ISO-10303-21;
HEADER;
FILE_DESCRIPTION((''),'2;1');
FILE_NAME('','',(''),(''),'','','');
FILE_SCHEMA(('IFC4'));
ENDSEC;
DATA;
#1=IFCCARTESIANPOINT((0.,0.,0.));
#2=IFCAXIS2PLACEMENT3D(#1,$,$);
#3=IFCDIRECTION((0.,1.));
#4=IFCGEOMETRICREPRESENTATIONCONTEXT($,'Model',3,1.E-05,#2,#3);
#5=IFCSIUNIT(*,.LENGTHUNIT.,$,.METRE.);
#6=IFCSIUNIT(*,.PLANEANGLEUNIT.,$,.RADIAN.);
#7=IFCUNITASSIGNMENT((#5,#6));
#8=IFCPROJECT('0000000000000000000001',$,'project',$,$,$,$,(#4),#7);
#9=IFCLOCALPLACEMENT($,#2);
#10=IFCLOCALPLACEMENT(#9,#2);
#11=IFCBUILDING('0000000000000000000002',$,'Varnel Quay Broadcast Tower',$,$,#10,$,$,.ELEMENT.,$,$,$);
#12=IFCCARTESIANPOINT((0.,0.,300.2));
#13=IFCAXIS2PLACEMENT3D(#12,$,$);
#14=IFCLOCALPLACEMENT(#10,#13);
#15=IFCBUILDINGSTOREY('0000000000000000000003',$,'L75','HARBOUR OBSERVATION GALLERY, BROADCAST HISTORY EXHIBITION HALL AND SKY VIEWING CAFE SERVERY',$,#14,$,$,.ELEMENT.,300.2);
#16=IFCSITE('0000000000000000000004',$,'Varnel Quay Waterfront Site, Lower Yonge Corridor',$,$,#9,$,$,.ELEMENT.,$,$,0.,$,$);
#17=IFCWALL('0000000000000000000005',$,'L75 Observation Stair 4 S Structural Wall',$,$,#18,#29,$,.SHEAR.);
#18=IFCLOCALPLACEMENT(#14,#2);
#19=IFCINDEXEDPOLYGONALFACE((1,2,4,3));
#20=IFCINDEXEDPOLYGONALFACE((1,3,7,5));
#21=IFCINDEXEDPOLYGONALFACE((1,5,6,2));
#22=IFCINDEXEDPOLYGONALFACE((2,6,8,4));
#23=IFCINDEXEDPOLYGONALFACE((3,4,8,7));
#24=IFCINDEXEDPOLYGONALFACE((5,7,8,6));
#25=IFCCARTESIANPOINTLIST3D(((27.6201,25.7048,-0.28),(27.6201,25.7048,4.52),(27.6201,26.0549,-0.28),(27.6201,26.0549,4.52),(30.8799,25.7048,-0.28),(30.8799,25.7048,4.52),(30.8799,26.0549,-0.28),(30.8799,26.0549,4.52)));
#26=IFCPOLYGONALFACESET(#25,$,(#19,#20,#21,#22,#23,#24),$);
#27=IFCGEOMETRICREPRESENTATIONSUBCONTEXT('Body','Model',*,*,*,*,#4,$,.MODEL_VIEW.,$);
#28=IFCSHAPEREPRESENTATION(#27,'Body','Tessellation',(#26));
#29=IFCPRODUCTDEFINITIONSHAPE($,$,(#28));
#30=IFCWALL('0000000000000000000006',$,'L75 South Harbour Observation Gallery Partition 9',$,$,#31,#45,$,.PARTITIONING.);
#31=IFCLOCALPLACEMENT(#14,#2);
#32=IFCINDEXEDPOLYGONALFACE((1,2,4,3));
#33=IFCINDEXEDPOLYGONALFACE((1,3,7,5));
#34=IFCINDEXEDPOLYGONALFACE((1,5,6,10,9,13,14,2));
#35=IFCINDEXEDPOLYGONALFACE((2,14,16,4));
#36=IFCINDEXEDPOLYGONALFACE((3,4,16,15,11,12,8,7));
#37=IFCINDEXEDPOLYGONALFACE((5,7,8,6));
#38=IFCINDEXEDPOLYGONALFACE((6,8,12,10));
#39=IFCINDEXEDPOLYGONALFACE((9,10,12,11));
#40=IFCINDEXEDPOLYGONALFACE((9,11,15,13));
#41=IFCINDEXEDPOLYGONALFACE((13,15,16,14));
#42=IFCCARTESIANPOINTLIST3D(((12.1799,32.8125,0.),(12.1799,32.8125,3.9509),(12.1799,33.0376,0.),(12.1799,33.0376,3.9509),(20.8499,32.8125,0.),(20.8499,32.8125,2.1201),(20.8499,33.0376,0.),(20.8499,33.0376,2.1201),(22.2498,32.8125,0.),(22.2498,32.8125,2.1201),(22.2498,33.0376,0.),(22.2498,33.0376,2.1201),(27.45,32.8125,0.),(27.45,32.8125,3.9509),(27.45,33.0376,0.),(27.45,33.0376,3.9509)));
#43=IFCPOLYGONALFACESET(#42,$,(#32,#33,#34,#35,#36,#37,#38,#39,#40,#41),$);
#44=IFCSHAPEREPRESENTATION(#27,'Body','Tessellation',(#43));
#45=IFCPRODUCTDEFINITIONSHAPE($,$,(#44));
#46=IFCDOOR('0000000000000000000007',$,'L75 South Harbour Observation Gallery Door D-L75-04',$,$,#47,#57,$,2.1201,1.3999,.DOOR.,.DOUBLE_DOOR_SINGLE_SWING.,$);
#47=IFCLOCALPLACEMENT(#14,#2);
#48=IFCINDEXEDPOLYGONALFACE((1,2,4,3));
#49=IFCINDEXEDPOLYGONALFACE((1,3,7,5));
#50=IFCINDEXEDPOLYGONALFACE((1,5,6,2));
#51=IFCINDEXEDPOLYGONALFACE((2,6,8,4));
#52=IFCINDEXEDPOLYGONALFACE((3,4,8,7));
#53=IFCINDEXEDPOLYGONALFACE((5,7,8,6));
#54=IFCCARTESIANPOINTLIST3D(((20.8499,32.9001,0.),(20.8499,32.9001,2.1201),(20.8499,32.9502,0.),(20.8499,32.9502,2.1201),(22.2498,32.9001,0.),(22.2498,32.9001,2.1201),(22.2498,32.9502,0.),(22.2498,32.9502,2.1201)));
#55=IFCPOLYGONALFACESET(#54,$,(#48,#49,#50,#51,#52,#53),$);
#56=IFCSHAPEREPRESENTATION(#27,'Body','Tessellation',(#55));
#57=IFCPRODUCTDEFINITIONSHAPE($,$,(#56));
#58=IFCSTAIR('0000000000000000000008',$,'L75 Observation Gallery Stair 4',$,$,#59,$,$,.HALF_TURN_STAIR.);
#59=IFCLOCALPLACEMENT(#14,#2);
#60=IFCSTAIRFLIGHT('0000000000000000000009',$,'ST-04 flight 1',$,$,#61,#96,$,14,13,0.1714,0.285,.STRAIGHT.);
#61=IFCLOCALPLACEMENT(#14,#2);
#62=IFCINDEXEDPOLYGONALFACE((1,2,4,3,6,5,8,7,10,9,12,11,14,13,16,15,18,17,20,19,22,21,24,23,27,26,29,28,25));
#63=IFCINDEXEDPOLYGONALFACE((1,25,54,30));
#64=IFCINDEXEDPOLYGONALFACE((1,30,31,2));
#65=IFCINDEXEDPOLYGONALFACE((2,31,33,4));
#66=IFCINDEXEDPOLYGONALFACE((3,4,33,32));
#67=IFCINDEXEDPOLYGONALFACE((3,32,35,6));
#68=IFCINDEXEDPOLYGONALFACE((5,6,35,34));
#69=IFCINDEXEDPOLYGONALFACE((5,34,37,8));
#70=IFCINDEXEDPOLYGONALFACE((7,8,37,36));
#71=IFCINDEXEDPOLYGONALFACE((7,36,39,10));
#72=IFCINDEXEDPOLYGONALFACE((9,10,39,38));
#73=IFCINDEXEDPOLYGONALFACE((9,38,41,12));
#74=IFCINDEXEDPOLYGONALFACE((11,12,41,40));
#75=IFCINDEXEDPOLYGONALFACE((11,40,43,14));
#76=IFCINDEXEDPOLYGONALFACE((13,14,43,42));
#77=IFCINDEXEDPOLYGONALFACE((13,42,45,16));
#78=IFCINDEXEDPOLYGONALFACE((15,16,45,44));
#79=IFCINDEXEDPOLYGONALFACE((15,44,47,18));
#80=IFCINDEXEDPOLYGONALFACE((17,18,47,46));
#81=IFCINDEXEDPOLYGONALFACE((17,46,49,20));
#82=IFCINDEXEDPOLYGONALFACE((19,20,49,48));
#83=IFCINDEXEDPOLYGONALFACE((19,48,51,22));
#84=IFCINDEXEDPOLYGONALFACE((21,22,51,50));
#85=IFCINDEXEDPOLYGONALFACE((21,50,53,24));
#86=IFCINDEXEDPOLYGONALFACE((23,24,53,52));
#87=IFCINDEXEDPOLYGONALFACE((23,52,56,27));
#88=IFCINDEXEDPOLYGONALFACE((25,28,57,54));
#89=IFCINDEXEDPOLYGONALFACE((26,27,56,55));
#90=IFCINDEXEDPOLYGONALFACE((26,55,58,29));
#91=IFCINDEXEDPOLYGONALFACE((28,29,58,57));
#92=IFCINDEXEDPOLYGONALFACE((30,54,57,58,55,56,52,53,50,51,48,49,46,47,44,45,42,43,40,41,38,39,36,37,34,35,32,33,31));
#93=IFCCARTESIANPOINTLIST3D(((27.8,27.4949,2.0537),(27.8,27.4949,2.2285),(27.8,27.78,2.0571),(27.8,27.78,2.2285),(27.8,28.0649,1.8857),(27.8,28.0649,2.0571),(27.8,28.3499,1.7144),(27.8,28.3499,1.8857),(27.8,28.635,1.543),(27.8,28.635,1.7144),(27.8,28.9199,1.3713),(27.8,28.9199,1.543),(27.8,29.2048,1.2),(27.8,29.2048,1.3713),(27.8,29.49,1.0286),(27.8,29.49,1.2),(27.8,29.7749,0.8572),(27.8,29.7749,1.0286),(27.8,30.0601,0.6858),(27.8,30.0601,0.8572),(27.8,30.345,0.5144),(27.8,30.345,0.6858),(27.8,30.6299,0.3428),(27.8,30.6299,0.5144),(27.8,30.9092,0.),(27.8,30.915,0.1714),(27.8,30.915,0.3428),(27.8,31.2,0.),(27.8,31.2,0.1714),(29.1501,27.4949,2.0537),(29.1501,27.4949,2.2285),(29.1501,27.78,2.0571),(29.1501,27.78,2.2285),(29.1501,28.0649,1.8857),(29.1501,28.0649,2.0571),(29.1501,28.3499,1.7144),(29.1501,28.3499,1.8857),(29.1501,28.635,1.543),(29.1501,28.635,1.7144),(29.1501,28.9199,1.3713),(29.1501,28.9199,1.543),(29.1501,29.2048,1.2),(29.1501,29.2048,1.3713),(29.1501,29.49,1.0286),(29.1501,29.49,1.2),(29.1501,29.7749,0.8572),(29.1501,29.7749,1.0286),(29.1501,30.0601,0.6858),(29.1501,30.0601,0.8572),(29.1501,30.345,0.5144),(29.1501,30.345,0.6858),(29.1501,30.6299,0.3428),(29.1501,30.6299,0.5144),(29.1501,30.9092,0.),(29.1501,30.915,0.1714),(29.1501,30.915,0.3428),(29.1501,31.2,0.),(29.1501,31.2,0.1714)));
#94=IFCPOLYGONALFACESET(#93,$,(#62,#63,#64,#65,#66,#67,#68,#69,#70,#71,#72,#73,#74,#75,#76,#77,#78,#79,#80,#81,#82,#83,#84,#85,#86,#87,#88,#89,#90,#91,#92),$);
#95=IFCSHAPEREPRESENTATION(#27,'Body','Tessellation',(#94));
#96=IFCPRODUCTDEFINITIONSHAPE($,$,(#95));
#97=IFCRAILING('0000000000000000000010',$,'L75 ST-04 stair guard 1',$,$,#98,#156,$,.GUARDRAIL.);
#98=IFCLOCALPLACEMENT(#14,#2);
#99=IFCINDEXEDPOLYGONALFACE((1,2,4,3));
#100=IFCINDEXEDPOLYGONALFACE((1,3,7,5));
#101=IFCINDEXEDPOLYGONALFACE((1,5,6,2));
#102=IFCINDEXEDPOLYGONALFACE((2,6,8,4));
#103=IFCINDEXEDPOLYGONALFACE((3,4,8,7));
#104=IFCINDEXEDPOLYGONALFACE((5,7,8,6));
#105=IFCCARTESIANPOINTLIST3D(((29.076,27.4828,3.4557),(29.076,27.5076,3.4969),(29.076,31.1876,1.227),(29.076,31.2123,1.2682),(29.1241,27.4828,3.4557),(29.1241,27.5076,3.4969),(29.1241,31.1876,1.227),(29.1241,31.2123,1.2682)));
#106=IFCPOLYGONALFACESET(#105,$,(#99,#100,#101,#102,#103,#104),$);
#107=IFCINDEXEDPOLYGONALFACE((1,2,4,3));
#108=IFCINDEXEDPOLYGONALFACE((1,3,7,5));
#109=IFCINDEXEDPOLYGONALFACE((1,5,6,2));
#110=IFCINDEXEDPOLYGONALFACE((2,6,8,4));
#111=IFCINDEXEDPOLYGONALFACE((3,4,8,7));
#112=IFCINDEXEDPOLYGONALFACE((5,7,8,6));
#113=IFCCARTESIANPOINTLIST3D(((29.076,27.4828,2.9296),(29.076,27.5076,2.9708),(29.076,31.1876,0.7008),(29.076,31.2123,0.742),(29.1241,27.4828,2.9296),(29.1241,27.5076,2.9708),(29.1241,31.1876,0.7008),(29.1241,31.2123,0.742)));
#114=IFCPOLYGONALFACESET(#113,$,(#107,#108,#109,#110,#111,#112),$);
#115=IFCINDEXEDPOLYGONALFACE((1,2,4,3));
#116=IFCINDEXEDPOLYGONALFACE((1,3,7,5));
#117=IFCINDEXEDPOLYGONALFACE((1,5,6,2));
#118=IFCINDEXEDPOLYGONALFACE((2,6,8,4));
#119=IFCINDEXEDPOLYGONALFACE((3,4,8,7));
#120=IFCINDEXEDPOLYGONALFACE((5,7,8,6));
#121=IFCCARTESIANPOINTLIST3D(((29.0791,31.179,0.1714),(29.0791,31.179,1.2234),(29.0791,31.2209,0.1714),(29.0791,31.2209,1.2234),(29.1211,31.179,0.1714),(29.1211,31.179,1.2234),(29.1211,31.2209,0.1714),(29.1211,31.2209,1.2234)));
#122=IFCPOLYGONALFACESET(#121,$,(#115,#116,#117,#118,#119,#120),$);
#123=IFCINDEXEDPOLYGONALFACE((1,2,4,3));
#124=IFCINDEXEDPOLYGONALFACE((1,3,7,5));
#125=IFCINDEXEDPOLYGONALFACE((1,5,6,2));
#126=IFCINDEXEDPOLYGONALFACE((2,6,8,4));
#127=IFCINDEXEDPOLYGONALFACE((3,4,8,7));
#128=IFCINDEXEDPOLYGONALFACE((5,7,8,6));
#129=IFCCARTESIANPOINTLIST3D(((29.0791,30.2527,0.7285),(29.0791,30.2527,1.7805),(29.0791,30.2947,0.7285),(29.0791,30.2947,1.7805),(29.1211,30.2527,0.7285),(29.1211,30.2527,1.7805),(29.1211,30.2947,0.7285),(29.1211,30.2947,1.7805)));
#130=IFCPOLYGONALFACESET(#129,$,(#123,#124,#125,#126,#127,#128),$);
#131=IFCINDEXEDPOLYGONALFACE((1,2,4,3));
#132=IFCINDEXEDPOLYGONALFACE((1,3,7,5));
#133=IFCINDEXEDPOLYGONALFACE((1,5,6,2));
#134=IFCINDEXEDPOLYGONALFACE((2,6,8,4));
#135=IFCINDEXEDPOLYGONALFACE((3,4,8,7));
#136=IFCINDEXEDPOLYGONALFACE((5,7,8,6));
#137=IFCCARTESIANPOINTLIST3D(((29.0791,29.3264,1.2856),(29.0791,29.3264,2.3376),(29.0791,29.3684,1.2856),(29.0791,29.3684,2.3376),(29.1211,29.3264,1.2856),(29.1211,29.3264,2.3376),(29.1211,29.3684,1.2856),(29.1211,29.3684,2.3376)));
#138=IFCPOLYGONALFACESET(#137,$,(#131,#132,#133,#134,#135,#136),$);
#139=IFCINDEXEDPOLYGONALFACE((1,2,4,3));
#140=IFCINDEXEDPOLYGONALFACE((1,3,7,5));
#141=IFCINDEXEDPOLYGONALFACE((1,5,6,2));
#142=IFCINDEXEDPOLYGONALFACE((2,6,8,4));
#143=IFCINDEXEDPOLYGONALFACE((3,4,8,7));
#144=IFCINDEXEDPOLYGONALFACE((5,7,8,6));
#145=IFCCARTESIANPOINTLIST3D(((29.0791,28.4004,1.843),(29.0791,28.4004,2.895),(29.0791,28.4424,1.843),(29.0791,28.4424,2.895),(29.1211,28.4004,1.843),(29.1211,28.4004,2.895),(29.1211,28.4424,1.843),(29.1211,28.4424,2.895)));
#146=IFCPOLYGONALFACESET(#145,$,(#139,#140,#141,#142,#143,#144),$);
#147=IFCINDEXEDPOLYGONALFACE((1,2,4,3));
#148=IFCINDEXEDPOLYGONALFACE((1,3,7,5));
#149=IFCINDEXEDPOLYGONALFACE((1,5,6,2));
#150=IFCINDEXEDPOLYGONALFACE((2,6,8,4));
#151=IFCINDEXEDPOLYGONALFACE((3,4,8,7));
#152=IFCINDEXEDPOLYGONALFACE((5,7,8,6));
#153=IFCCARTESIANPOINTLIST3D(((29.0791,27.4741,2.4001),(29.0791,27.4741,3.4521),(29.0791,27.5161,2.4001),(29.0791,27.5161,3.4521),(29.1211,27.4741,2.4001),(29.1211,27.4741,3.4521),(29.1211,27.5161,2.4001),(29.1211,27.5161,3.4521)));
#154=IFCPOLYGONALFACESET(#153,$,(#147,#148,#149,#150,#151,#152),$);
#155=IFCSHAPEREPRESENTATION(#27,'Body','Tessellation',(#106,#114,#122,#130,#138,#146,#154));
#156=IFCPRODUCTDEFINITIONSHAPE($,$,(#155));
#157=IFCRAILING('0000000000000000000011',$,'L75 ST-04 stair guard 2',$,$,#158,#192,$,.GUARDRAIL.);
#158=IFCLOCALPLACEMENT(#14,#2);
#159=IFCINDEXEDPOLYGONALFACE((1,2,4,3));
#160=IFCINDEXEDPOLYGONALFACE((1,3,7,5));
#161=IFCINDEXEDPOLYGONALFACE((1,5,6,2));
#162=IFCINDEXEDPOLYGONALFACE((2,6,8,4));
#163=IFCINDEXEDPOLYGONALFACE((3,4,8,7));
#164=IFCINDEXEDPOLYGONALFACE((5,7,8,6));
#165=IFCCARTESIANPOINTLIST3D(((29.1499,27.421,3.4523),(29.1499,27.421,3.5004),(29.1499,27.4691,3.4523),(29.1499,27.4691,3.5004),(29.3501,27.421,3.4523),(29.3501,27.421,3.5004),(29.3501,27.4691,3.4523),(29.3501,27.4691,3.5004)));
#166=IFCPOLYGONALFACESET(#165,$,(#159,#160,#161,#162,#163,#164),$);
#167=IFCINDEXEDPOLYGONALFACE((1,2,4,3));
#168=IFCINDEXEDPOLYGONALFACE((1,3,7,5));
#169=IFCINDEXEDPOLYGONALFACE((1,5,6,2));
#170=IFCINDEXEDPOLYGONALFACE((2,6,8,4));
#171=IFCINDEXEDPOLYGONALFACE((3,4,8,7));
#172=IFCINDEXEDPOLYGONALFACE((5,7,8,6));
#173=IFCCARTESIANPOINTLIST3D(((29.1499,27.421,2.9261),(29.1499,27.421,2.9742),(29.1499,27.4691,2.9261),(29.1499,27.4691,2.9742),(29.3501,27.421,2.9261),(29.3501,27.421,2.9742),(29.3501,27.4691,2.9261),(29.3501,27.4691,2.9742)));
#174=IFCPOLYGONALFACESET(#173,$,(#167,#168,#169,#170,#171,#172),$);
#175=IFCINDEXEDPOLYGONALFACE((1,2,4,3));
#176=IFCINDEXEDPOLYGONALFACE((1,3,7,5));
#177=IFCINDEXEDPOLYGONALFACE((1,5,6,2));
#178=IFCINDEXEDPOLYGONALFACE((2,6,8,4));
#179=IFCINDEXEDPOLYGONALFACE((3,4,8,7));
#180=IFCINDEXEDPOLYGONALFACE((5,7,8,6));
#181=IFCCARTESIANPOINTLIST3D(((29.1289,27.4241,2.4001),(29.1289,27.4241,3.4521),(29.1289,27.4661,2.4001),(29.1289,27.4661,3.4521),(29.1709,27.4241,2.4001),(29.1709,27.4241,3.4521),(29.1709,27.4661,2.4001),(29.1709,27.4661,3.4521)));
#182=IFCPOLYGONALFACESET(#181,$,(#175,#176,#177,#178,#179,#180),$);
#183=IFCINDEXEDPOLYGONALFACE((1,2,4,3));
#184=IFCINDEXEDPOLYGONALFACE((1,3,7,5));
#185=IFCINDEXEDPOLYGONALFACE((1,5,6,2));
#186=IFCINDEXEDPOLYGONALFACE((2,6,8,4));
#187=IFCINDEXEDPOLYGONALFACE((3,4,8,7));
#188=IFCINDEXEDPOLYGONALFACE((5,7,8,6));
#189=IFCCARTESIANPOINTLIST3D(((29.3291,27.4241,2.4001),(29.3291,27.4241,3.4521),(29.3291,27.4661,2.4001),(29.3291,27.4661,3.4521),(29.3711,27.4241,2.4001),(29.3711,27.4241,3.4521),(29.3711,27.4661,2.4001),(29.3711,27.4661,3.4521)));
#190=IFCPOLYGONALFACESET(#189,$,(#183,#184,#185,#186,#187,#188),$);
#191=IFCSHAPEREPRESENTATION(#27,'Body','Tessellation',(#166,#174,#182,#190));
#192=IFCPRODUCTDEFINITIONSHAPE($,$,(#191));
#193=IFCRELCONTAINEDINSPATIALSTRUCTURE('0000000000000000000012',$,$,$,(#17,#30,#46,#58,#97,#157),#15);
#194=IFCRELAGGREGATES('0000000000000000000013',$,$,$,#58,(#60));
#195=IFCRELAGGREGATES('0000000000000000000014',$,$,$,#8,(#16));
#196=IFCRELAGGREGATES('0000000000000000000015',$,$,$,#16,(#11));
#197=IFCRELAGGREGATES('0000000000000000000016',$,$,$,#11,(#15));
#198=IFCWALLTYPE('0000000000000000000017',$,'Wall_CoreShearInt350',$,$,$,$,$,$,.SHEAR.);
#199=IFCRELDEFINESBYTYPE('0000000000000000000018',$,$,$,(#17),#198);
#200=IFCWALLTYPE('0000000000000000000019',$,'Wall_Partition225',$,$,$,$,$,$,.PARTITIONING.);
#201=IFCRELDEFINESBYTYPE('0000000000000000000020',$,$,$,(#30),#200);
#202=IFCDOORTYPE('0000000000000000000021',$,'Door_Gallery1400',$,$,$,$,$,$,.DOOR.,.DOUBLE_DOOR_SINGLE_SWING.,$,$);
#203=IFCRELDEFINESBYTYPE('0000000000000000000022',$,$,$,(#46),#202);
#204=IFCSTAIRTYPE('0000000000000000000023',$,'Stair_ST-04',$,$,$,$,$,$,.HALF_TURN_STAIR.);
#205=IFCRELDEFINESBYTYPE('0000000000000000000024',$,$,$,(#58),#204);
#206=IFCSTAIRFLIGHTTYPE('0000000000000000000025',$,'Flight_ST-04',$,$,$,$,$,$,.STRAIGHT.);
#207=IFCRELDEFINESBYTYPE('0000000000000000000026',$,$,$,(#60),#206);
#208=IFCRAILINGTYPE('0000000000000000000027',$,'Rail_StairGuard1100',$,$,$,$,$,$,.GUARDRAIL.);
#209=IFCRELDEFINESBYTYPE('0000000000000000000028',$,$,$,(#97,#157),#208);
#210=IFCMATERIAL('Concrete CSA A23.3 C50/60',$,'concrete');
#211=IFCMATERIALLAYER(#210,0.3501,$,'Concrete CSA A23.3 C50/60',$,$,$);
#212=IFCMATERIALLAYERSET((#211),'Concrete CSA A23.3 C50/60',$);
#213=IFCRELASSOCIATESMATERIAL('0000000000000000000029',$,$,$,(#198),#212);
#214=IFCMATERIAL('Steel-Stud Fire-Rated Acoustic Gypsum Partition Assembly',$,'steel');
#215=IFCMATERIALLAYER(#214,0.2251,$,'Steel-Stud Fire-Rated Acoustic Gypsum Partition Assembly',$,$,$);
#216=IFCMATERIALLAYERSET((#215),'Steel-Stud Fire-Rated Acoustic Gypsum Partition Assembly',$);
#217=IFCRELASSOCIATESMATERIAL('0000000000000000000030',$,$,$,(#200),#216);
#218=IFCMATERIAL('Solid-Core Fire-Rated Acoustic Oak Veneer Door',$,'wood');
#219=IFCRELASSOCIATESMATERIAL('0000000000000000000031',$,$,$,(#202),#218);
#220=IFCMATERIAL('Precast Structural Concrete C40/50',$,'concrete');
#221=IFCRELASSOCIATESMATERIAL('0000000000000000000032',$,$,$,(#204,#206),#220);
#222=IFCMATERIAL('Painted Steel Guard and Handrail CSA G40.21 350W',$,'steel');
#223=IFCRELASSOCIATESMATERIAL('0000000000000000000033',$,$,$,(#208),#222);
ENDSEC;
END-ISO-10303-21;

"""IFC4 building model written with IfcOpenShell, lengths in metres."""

from ifc_helpers import new_model, si_unit, direction, frame, frame_2d, origin, origin_2d, place, context, subcontext, project, spatial, polyline, rectangle, outline, extrude, source, transform, mapped, material, layer, layer_set, type_object, type_shapes, element, fill, aggregate, save


model = new_model("IFC4")

# Units and contexts
model_context = context("Model", 3, precision=1e-05, world=origin(), true_north=direction((0.0, 1.0)))
body_context = subcontext(model_context, "Body", "Model", "MODEL_VIEW")
ifc_project = project(units=[si_unit("LENGTHUNIT", "METRE"), si_unit("PLANEANGLEUNIT", "RADIAN")], contexts=[model_context])

# Site, building, storey
site_placement = place(None, origin())
site = spatial("IfcSite", under=ifc_project, at=site_placement, Name="Varnel Quay Waterfront Site, Lower Yonge Corridor", CompositionType="ELEMENT", RefElevation=0.0)
building_placement = place(site_placement, origin())
building = spatial("IfcBuilding", under=site, at=building_placement, Name="Varnel Quay Broadcast Tower", CompositionType="ELEMENT")
storey_placement = place(building_placement, frame((0.0, 0.0, 300.2)))
storey = spatial("IfcBuildingStorey", under=building, at=storey_placement, Name="L75", Description="HARBOUR OBSERVATION GALLERY, BROADCAST HISTORY EXHIBITION HALL AND SKY VIEWING CAFE SERVERY", CompositionType="ELEMENT", Elevation=300.2)

# Shared definitions
ifc_material_1 = material(Name="Concrete CSA A23.3 C50/60", Category="concrete")

# Wall
ifc_layer_1 = layer(ifc_material_1, 0.3501, Name="Concrete CSA A23.3 C50/60")
ifc_layer_set_1 = layer_set([ifc_layer_1], Name="Concrete CSA A23.3 C50/60")
wall_type_1 = type_object("IfcWallType", Name="Wall_CoreShearInt350", PredefinedType="SHEAR", material=ifc_layer_set_1)
wall_1_placement = place(storey_placement, frame((27.6201, 25.8799, -0.28), z_axis=(0.0, 0.0, 1.0), x_axis=(1.0, 0.0, 0.0)))
element("IfcWall", 1, at=wall_1_placement, inside=storey, type_object=wall_type_1, Name="L75 Observation Stair 4 S Structural Wall", PredefinedType="SHEAR", context=body_context, shape_type="SweptSolid", body=[
    extrude(rectangle(XDim=3.2598, YDim=0.3501, at=frame_2d((1.6299, 0.0))), origin(), (0.0, 0.0, 1.0), 4.8),
])

# Wall, opening, door
ifc_material_2 = material(Name="Steel-Stud Fire-Rated Acoustic Gypsum Partition Assembly", Category="steel")
ifc_layer_2 = layer(ifc_material_2, 0.2251, Name="Steel-Stud Fire-Rated Acoustic Gypsum Partition Assembly")
ifc_layer_set_2 = layer_set([ifc_layer_2], Name="Steel-Stud Fire-Rated Acoustic Gypsum Partition Assembly")
wall_type_2 = type_object("IfcWallType", Name="Wall_Partition225", PredefinedType="PARTITIONING", material=ifc_layer_set_2)
wall_2_placement = place(storey_placement, frame((12.1799, 32.925, 0.0), z_axis=(0.0, 0.0, 1.0), x_axis=(1.0, 0.0, 0.0)))
wall_2 = element("IfcWall", 2, at=wall_2_placement, inside=storey, type_object=wall_type_2, Name="L75 South Harbour Observation Gallery Partition 9", PredefinedType="PARTITIONING", context=body_context, shape_type="SweptSolid", body=[
    extrude(rectangle(XDim=15.27, YDim=0.2251, at=frame_2d((7.635, 0.0))), origin(), (0.0, 0.0, 1.0), 3.9509),
])
opening_1_placement = place(wall_2_placement, frame((8.6699, 0.0, 0.0)))
opening_1 = element("IfcOpeningElement", 3, at=opening_1_placement, cuts=wall_2, PredefinedType="OPENING", context=body_context, shape_type="SweptSolid", body=[
    extrude(rectangle(XDim=1.3999, YDim=2.1201, at=frame_2d((0.7, 1.0601))), frame((0.0, 0.1226, 0.0), z_axis=(0.0, -1.0, 0.0), x_axis=(1.0, 0.0, 0.0)), (0.0, 0.0, 1.0), 0.2451),
])
ifc_material_3 = material(Name="Solid-Core Fire-Rated Acoustic Oak Veneer Door", Category="wood")
door_type_1 = type_object("IfcDoorType", Name="Door_Gallery1400", OperationType="DOUBLE_DOOR_SINGLE_SWING", PredefinedType="DOOR", material=ifc_material_3)
shared_shape_1 = source(origin(), body_context, "Body", "SweptSolid", [
    extrude(rectangle(XDim=1.3999, YDim=2.1201, at=frame_2d((0.7, 1.0601))), frame((0.0, 0.0249, 0.0), z_axis=(0.0, -1.0, 0.0), x_axis=(1.0, 0.0, 0.0)), (0.0, 0.0, 1.0), 0.05),
])
type_shapes(door_type_1, [shared_shape_1])
door_1_placement = place(opening_1_placement, frame((1.3999, 0.0, 0.0), z_axis=(0.0, 0.0, 1.0), x_axis=(-1.0, 0.0, 0.0)))
door_1 = element("IfcDoor", 4, at=door_1_placement, inside=storey, type_object=door_type_1, Name="L75 South Harbour Observation Gallery Door D-L75-04", OperationType="DOUBLE_DOOR_SINGLE_SWING", OverallHeight=2.1201, OverallWidth=1.3999, PredefinedType="DOOR", context=body_context, shape_type="MappedRepresentation", body=[
    mapped(shared_shape_1, transform((0.0, 0.0, 0.0), x_axis=(1.0, 0.0, 0.0), y_axis=(0.0, 1.0, 0.0), z_axis=(0.0, 0.0, 1.0), scale=1.0)),
])
fill(opening_1, door_1)

# Stair, stair flight
ifc_material_4 = material(Name="Precast Structural Concrete C40/50", Category="concrete")
stair_type = type_object("IfcStairType", Name="Stair_ST-04", PredefinedType="HALF_TURN_STAIR", material=ifc_material_4)
stair_placement = place(storey_placement, origin())
stair = element("IfcStair", 5, at=stair_placement, inside=storey, type_object=stair_type, Name="L75 Observation Gallery Stair 4", PredefinedType="HALF_TURN_STAIR")
stair_flight_type = type_object("IfcStairFlightType", Name="Flight_ST-04", PredefinedType="STRAIGHT", material=ifc_material_4)
stair_flight_placement = place(storey_placement, frame((28.4751, 31.2, 0.0), z_axis=(0.0, 0.0, 1.0), x_axis=(0.0, -1.0, 0.0)))
stair_flight = element("IfcStairFlight", 6, at=stair_flight_placement, type_object=stair_flight_type, Name="ST-04 flight 1", NumberOfRisers=14, NumberOfTreads=13, PredefinedType="STRAIGHT", RiserHeight=0.1714, TreadLength=0.285, context=body_context, shape_type="SweptSolid", body=[
    extrude(outline(polyline([(0.0, 0.0), (0.0, 0.1714), (0.2849, 0.1714), (0.2849, 0.3428), (0.5701, 0.3428), (0.5701, 0.5144), (0.855, 0.5144), (0.855, 0.6858), (1.1399, 0.6858), (1.1399, 0.8572), (1.425, 0.8572), (1.425, 1.0286), (1.71, 1.0286), (1.71, 1.2), (1.9951, 1.2), (1.9951, 1.3713), (2.28, 1.3713), (2.28, 1.543), (2.5649, 1.543), (2.5649, 1.7144), (2.8501, 1.7144), (2.8501, 1.8857), (3.135, 1.8857), (3.135, 2.0571), (3.4199, 2.0571), (3.4199, 2.2285), (3.7051, 2.2285), (3.7051, 2.3999), (3.7051, 2.0537), (0.2908, 0.0), (0.0, 0.0)])), frame((0.0, 0.675, 0.0), z_axis=(0.0, -1.0, 0.0), x_axis=(1.0, 0.0, 0.0)), (0.0, 0.0, 1.0), 1.3501),
])
aggregate(stair, [stair_flight])

# Railings
ifc_material_5 = material(Name="Painted Steel Guard and Handrail CSA G40.21 350W", Category="steel")
railing_type_1 = type_object("IfcRailingType", Name="Rail_StairGuard1100", PredefinedType="GUARDRAIL", material=ifc_material_5)
railing_1_placement = place(storey_placement, frame((29.1001, 31.2, 0.1714)))
element("IfcRailing", 7, at=railing_1_placement, inside=storey, type_object=railing_type_1, Name="L75 ST-04 stair guard 1", PredefinedType="GUARDRAIL", context=body_context, shape_type="SweptSolid", body=[
    extrude(rectangle(XDim=0.0481, YDim=0.0481, at=origin_2d()), frame((0.0, 0.0, 1.0762), z_axis=(0.0, -0.856894, 0.515492), x_axis=(1.0, 0.0, 0.0)), (0.0, 0.0, 1.0), 4.3235),
    extrude(rectangle(XDim=0.0481, YDim=0.0481, at=origin_2d()), frame((0.0, 0.0, 0.55), z_axis=(0.0, -0.856894, 0.515492), x_axis=(1.0, 0.0, 0.0)), (0.0, 0.0, 1.0), 4.3235),
    extrude(rectangle(XDim=0.042, YDim=0.042, at=origin_2d()), origin(), (0.0, 0.0, 1.0), 1.052),
    extrude(rectangle(XDim=0.042, YDim=0.042, at=origin_2d()), frame((0.0, -0.9263, 0.5571)), (0.0, 0.0, 1.0), 1.052),
    extrude(rectangle(XDim=0.042, YDim=0.042, at=origin_2d()), frame((0.0, -1.8525, 1.1143)), (0.0, 0.0, 1.0), 1.052),
    extrude(rectangle(XDim=0.042, YDim=0.042, at=origin_2d()), frame((0.0, -2.7786, 1.6716)), (0.0, 0.0, 1.0), 1.052),
    extrude(rectangle(XDim=0.042, YDim=0.042, at=origin_2d()), frame((0.0, -3.7048, 2.2288)), (0.0, 0.0, 1.0), 1.052),
])
railing_2_placement = place(storey_placement, frame((29.1499, 27.4451, 2.4001)))
element("IfcRailing", 8, at=railing_2_placement, inside=storey, type_object=railing_type_1, Name="L75 ST-04 stair guard 2", PredefinedType="GUARDRAIL", context=body_context, shape_type="SweptSolid", body=[
    extrude(rectangle(XDim=0.0481, YDim=0.0481, at=origin_2d()), frame((0.0, 0.0, 1.0762), z_axis=(1.0, 0.0, 0.0), x_axis=(0.0, 1.0, 0.0)), (0.0, 0.0, 1.0), 0.2002),
    extrude(rectangle(XDim=0.0481, YDim=0.0481, at=origin_2d()), frame((0.0, 0.0, 0.55), z_axis=(1.0, 0.0, 0.0), x_axis=(0.0, 1.0, 0.0)), (0.0, 0.0, 1.0), 0.2002),
    extrude(rectangle(XDim=0.042, YDim=0.042, at=origin_2d()), origin(), (0.0, 0.0, 1.0), 1.052),
    extrude(rectangle(XDim=0.042, YDim=0.042, at=origin_2d()), frame((0.2002, 0.0, 0.0)), (0.0, 0.0, 1.0), 1.052),
])

save(model, "model.ifc")
